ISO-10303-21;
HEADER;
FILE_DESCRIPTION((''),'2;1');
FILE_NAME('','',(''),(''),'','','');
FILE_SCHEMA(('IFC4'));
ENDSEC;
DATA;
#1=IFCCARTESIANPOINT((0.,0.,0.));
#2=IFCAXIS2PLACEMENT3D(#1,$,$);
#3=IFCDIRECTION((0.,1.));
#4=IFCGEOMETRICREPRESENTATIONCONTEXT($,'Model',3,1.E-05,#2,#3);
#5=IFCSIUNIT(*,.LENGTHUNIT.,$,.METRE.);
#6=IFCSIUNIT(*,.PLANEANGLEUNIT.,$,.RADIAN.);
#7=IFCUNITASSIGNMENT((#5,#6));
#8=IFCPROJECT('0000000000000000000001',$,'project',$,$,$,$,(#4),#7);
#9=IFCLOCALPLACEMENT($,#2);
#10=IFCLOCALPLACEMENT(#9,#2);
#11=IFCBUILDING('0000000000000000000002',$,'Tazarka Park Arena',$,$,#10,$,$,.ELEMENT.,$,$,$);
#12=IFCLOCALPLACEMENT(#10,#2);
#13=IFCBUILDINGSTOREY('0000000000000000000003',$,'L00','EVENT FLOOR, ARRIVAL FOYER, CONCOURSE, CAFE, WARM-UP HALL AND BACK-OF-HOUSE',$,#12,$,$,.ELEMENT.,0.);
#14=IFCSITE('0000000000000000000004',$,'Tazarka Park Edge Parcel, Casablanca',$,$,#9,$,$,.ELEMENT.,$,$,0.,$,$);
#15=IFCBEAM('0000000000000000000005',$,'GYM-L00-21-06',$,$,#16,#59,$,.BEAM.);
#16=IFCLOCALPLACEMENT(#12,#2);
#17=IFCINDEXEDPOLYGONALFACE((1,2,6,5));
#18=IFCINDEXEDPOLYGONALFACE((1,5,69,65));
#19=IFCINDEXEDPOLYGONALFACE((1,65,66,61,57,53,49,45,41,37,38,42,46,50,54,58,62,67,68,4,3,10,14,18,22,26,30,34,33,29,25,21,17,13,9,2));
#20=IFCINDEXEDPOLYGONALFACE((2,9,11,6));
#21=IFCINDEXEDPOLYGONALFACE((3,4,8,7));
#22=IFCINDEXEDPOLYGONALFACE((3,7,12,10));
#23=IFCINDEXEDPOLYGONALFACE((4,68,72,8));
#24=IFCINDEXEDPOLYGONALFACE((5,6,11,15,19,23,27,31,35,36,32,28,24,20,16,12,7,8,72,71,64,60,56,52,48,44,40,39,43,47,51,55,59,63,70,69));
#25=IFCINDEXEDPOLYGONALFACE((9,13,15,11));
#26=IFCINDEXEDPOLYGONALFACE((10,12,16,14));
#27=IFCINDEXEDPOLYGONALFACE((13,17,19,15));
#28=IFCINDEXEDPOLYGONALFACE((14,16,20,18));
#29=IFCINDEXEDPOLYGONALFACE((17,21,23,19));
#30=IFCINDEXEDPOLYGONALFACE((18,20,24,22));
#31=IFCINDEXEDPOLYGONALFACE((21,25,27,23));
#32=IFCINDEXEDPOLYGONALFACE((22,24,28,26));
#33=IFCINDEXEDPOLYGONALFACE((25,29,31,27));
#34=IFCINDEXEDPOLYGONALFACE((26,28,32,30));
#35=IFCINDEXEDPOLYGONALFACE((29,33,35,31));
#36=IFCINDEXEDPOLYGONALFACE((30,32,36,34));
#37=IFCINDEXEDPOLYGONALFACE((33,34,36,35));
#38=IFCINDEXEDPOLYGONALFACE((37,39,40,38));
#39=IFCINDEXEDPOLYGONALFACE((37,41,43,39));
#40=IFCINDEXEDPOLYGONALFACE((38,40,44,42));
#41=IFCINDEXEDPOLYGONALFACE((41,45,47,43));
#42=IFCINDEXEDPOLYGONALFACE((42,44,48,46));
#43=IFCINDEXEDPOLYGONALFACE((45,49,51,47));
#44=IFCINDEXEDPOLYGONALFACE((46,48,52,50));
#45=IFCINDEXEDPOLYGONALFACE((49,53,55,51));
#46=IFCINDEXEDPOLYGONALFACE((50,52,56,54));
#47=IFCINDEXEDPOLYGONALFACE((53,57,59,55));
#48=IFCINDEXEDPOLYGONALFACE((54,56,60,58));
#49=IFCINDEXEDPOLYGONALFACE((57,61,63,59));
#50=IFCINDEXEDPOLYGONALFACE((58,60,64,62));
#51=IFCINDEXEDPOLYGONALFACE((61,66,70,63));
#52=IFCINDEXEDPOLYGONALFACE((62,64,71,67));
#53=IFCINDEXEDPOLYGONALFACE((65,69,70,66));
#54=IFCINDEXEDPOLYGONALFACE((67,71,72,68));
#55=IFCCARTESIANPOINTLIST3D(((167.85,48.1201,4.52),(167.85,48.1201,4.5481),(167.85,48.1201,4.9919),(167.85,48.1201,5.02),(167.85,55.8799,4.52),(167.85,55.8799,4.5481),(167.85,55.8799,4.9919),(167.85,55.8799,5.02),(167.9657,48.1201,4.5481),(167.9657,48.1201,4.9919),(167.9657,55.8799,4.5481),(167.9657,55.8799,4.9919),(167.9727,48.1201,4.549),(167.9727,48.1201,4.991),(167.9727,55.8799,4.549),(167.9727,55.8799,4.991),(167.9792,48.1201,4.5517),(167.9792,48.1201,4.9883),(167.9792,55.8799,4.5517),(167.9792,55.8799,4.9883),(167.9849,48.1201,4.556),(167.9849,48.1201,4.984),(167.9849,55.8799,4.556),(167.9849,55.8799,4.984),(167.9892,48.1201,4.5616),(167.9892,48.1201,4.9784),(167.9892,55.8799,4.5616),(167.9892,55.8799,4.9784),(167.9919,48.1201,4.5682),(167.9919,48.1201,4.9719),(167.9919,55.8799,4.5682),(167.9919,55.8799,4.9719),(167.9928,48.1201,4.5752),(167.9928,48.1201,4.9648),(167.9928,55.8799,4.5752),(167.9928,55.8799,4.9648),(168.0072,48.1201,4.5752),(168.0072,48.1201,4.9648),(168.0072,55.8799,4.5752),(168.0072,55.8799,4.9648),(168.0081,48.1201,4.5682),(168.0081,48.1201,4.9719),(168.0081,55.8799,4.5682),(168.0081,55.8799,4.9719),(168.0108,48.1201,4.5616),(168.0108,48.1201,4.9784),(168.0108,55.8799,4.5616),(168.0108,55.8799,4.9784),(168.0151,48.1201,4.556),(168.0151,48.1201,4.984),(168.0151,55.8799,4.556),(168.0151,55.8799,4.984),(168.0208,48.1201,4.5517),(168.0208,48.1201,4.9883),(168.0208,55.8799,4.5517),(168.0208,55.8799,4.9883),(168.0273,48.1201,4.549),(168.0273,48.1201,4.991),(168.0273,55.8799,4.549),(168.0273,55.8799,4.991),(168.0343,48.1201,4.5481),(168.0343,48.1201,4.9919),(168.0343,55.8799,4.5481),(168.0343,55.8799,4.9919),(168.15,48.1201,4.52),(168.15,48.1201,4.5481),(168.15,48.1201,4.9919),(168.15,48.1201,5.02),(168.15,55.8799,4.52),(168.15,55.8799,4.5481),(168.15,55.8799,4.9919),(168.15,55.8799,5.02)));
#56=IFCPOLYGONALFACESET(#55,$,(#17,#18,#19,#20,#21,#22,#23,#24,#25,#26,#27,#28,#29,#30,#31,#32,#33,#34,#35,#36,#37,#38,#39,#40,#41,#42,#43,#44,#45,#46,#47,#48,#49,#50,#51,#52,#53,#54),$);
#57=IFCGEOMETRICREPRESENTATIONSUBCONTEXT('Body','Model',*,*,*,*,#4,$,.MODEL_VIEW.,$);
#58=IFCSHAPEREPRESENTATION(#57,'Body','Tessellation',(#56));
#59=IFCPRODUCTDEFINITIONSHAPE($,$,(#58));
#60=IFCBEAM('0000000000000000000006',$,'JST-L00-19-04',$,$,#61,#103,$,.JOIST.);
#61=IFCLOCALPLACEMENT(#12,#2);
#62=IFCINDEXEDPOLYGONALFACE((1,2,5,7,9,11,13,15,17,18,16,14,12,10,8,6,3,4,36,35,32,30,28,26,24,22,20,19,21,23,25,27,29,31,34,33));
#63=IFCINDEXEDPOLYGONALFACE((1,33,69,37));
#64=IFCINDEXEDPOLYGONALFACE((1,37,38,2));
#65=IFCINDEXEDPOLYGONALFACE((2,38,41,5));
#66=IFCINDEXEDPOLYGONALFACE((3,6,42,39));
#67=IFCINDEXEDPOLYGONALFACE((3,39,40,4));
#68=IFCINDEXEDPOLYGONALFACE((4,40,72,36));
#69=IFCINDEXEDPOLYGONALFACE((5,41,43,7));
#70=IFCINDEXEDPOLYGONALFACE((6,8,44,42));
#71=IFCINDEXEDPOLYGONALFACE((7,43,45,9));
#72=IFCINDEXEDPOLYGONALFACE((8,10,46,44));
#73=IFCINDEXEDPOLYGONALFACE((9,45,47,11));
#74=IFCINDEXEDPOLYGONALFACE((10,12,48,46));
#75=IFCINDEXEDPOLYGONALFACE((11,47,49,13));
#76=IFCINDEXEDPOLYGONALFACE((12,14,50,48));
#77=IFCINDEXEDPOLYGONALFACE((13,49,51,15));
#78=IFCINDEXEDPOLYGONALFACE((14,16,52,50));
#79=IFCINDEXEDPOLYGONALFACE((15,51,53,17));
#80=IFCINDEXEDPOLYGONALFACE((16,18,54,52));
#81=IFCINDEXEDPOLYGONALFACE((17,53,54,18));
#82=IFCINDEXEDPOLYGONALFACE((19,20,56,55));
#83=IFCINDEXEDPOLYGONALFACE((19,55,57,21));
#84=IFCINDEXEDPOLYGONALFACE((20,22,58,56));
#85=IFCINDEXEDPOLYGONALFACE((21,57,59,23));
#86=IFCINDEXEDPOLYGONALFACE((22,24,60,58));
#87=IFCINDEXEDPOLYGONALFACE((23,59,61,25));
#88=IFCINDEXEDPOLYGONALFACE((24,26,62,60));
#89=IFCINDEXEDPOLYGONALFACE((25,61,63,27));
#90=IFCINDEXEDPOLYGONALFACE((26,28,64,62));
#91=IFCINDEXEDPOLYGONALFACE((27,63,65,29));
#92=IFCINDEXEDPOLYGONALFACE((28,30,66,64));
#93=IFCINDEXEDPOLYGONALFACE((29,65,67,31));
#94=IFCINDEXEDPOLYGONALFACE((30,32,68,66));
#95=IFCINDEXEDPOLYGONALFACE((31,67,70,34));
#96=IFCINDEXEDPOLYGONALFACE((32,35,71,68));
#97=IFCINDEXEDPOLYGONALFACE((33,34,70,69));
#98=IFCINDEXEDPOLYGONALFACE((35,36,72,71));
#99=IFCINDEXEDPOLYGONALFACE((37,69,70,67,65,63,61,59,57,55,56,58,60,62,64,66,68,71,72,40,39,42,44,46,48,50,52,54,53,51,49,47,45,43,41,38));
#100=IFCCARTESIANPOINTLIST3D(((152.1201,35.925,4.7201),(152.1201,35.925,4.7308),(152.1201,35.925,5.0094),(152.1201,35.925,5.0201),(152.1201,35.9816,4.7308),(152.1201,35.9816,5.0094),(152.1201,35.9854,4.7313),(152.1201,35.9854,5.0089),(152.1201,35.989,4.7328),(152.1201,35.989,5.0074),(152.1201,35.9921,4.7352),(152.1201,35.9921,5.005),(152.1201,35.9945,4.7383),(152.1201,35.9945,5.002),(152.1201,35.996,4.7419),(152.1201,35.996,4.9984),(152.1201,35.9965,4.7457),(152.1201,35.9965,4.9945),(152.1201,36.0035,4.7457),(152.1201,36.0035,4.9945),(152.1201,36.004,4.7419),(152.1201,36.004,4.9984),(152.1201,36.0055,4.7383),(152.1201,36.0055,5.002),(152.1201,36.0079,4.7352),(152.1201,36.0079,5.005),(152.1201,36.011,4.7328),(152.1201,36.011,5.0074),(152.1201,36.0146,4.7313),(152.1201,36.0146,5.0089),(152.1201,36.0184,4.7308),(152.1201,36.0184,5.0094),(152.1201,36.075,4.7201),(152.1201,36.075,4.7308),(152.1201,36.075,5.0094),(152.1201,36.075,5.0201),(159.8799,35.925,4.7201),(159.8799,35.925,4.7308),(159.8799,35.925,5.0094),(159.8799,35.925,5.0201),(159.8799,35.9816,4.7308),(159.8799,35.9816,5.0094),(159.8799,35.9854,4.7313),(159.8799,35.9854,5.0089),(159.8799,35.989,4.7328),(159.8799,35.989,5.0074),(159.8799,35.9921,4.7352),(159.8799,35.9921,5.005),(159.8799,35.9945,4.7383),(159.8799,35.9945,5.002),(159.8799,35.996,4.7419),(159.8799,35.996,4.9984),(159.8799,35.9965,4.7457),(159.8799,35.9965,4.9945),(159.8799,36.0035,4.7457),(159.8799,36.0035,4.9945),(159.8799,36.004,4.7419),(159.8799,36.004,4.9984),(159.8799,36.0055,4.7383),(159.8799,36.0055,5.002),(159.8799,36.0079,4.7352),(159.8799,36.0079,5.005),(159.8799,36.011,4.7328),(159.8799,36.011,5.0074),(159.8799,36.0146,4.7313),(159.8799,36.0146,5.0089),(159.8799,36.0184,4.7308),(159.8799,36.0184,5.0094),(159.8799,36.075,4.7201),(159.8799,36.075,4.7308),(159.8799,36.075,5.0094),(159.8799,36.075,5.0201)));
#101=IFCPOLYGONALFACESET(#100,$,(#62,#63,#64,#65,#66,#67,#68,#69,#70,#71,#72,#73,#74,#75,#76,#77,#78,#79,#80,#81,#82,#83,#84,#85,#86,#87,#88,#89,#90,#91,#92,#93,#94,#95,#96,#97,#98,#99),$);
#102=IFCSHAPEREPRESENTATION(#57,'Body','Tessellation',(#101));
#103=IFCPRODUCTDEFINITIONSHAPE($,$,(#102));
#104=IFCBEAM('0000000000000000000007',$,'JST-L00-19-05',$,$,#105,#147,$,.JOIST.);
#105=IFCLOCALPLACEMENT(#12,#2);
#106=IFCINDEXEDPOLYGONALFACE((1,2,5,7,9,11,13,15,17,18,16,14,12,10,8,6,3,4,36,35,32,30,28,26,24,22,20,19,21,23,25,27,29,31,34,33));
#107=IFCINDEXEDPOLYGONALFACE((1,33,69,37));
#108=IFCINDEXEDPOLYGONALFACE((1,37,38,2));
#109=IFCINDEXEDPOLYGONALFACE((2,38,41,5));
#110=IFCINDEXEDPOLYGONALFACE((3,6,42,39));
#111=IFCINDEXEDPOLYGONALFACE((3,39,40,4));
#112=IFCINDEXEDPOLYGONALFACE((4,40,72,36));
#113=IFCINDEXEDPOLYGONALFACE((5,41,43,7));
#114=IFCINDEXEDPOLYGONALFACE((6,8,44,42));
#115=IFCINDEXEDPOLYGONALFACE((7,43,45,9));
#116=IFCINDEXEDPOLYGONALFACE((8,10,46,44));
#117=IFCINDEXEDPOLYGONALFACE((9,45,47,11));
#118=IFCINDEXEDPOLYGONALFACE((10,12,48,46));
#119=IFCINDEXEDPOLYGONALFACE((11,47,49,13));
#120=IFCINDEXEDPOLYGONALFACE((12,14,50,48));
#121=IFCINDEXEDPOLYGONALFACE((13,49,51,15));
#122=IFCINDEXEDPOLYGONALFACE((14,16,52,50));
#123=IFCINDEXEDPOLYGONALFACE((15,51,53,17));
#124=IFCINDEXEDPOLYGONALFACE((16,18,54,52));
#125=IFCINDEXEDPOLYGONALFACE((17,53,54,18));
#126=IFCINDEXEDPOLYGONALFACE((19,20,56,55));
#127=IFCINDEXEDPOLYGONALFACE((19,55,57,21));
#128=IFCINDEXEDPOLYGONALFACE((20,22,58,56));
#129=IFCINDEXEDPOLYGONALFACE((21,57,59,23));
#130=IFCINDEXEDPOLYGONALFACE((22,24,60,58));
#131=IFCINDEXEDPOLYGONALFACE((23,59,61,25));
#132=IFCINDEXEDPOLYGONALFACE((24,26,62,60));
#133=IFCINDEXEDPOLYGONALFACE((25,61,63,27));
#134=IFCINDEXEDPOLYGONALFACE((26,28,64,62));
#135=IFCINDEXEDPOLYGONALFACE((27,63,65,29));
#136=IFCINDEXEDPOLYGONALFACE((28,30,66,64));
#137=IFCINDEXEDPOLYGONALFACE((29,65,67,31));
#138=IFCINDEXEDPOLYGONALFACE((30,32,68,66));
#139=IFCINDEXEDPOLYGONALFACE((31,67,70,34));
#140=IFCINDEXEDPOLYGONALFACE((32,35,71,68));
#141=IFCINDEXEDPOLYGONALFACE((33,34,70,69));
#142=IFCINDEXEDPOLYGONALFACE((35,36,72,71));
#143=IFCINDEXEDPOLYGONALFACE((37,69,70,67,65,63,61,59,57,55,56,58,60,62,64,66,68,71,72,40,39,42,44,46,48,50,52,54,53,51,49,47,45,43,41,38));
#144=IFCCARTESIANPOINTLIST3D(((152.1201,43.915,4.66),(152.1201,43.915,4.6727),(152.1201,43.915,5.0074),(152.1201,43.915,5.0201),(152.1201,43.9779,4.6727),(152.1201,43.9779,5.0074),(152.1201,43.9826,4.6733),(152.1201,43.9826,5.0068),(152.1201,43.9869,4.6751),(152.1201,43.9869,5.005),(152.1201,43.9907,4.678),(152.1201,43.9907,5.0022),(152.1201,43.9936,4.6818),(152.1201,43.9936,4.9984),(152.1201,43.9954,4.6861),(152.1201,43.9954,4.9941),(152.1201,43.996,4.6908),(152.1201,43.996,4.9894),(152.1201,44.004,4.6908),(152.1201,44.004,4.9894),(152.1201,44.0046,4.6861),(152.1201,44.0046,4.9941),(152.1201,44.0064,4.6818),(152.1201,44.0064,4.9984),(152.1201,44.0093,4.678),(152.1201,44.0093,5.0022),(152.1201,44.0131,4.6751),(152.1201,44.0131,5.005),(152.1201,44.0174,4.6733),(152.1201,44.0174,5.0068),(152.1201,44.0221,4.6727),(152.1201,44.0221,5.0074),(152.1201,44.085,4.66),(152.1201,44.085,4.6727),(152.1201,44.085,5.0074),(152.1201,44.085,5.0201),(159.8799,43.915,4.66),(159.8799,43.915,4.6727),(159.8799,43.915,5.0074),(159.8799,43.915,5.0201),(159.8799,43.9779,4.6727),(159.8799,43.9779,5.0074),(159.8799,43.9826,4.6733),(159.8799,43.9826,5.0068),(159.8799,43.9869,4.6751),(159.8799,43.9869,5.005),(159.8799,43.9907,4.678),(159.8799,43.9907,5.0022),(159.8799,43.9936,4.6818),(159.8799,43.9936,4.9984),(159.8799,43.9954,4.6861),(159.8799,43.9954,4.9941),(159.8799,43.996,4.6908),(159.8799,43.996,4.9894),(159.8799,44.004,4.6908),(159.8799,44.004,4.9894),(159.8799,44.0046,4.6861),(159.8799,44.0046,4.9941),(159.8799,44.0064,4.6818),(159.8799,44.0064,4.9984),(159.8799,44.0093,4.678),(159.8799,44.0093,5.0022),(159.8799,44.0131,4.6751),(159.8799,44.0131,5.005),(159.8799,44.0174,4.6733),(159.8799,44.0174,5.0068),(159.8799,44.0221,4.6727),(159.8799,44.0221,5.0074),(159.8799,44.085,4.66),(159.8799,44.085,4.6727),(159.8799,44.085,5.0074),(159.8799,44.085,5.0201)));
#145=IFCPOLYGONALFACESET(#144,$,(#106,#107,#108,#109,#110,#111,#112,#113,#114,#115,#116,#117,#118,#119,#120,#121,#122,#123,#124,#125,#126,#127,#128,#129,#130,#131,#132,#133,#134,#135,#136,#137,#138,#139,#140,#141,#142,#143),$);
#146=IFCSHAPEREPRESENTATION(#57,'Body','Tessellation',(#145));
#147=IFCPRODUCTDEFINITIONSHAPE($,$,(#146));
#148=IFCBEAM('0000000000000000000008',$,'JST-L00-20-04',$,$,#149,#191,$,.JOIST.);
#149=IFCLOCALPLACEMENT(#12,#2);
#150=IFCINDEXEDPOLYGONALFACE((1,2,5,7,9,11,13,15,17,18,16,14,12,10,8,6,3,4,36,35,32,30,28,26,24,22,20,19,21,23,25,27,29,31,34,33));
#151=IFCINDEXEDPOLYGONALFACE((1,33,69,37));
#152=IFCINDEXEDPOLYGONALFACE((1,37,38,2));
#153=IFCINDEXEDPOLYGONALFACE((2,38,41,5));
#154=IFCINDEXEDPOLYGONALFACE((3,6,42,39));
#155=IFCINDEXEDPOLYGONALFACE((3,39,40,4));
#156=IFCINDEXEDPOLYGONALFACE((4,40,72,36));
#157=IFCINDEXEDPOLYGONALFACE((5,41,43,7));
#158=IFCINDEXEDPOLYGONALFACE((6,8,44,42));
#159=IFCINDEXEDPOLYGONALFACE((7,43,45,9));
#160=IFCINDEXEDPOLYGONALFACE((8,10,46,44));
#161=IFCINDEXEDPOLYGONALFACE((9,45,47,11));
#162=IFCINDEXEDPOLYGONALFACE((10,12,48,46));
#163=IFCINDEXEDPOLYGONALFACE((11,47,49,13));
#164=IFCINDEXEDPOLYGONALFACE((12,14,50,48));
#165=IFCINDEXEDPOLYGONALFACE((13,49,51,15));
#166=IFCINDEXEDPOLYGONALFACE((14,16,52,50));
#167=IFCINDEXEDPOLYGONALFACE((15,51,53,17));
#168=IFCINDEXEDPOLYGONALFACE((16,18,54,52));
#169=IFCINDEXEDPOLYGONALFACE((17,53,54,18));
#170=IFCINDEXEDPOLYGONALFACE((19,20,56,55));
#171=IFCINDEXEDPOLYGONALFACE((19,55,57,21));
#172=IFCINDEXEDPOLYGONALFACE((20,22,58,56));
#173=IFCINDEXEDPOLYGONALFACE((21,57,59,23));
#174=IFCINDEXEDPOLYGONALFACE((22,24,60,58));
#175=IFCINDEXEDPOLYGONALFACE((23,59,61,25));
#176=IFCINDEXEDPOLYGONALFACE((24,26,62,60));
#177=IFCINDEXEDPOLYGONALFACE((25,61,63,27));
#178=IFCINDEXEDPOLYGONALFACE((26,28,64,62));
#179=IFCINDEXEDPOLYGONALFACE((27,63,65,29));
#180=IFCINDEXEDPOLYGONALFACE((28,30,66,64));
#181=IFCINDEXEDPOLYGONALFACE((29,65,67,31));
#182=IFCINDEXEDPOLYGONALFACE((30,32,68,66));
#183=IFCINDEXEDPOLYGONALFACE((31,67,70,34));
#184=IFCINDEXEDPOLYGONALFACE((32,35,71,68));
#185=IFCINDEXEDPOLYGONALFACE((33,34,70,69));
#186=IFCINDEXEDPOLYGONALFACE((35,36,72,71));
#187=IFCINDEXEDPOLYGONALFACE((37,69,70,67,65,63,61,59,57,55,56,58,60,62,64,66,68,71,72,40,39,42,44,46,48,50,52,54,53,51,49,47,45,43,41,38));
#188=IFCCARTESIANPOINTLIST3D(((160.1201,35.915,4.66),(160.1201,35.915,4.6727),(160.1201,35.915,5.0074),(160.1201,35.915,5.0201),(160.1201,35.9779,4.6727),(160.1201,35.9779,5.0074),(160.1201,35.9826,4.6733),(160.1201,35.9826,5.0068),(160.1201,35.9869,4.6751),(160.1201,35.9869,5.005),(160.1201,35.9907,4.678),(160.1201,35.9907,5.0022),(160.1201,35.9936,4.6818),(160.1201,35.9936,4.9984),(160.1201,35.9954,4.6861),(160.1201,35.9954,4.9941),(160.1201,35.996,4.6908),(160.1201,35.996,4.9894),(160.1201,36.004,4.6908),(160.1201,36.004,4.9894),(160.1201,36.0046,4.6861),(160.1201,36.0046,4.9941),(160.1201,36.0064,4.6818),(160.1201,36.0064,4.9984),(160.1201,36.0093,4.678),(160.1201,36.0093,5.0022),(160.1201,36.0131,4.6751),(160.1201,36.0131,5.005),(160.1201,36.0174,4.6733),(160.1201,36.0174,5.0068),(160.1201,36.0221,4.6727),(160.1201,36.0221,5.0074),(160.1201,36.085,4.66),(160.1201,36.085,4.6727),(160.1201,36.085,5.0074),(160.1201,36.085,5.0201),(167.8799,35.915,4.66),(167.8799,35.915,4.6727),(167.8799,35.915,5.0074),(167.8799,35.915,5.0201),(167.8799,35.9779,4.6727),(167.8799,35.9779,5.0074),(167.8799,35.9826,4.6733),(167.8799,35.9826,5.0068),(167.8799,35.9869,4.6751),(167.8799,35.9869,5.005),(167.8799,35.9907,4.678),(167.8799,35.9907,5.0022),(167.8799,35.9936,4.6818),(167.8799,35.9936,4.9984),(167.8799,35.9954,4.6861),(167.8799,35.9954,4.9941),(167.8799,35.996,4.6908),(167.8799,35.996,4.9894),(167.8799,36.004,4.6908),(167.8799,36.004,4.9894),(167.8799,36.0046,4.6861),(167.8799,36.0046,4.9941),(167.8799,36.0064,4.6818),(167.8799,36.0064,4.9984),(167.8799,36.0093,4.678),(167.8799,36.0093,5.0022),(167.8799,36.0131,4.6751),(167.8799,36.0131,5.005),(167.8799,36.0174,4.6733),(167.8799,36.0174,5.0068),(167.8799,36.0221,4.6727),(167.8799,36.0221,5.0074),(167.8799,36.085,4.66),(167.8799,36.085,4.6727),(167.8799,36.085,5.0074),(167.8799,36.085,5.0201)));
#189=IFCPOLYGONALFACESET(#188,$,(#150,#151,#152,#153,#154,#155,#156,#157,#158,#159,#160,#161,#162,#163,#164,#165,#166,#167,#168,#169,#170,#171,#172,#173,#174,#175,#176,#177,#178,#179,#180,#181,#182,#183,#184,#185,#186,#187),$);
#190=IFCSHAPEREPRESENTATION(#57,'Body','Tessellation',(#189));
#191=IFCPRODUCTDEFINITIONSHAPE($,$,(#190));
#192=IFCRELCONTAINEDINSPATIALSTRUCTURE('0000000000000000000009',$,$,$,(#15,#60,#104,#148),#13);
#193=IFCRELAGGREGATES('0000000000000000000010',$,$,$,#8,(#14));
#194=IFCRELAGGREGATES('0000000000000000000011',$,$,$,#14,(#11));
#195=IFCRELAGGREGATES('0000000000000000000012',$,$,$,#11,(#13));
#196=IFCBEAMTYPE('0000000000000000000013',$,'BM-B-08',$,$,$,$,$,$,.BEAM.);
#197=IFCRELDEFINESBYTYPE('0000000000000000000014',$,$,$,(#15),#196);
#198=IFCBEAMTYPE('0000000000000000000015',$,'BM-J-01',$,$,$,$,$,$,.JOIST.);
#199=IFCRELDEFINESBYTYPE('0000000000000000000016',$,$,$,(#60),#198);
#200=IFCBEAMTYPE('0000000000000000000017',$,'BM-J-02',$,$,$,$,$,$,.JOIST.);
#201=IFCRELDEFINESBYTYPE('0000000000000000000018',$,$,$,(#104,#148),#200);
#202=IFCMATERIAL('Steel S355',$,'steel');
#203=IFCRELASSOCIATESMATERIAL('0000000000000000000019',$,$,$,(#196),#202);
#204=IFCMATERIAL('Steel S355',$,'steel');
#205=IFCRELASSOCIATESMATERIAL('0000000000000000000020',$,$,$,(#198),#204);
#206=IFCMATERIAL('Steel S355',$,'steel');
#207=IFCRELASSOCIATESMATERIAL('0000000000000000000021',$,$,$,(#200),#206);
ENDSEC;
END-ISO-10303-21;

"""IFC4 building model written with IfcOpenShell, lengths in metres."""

from ifc_helpers import new_model, si_unit, direction, frame, origin, origin_2d, place, context, subcontext, project, spatial, i_section, extrude, material, material_profile, profile_set, type_object, element, save


model = new_model("IFC4")

# Units and contexts
model_context = context("Model", 3, precision=1e-05, world=origin(), true_north=direction((0.0, 1.0)))
body_context = subcontext(model_context, "Body", "Model", "MODEL_VIEW")
ifc_project = project(units=[si_unit("LENGTHUNIT", "METRE"), si_unit("PLANEANGLEUNIT", "RADIAN")], contexts=[model_context])

# Site, building, storey
site_placement = place(None, origin())
site = spatial("IfcSite", under=ifc_project, at=site_placement, Name="Tazarka Park Edge Parcel, Casablanca", CompositionType="ELEMENT", RefElevation=0.0)
building_placement = place(site_placement, origin())
building = spatial("IfcBuilding", under=site, at=building_placement, Name="Tazarka Park Arena", CompositionType="ELEMENT")
storey_placement = place(building_placement, origin())
storey = spatial("IfcBuildingStorey", under=building, at=storey_placement, Name="L00", Description="EVENT FLOOR, ARRIVAL FOYER, CONCOURSE, CAFE, WARM-UP HALL AND BACK-OF-HOUSE", CompositionType="ELEMENT", Elevation=0.0)

# Beams
ifc_material_1 = material(Name="Steel S355", Category="steel")
ifc_material_profile_1 = material_profile(ifc_material_1, i_section(OverallWidth=0.3, OverallDepth=0.5, WebThickness=0.0144, FlangeThickness=0.0281, FilletRadius=0.0271, at=origin_2d()), Name="Steel S355")
ifc_profile_set_1 = profile_set([ifc_material_profile_1], Name="Steel S355")
beam_type_1 = type_object("IfcBeamType", Name="BM-B-08", PredefinedType="BEAM", material=ifc_profile_set_1)
for number, where, z_axis, x_axis, name in (
    (1, (168.0, 48.1201, 4.77), (0.0, 1.0, 0.0), (-1.0, 0.0, 0.0), "GYM-L00-21-06"),
):
    element("IfcBeam", number, at=place(storey_placement, frame(where, z_axis=z_axis, x_axis=x_axis)), inside=storey, type_object=beam_type_1, Name=name, PredefinedType="BEAM", context=body_context, shape_type="SweptSolid", body=[
        extrude(i_section(OverallWidth=0.3, OverallDepth=0.5, WebThickness=0.0144, FlangeThickness=0.0281, FilletRadius=0.0271, at=origin_2d()), origin(), (0.0, 0.0, 1.0), 7.7598),
    ])
ifc_material_2 = material(Name="Steel S355", Category="steel")
ifc_material_profile_2 = material_profile(ifc_material_2, i_section(OverallWidth=0.1499, OverallDepth=0.3, WebThickness=0.0071, FlangeThickness=0.0107, FilletRadius=0.0149, at=origin_2d()), Name="Steel S355")
ifc_profile_set_2 = profile_set([ifc_material_profile_2], Name="Steel S355")
beam_type_2 = type_object("IfcBeamType", Name="BM-J-01", PredefinedType="JOIST", material=ifc_profile_set_2)
beam_placement = place(storey_placement, frame((152.1201, 36.0, 4.8701), z_axis=(1.0, 0.0, 0.0), x_axis=(0.0, 1.0, 0.0)))
element("IfcBeam", 2, at=beam_placement, inside=storey, type_object=beam_type_2, Name="JST-L00-19-04", PredefinedType="JOIST", context=body_context, shape_type="SweptSolid", body=[
    extrude(i_section(OverallWidth=0.1499, OverallDepth=0.3, WebThickness=0.0071, FlangeThickness=0.0107, FilletRadius=0.0149, at=origin_2d()), origin(), (0.0, 0.0, 1.0), 7.7598),
])
ifc_material_3 = material(Name="Steel S355", Category="steel")
ifc_material_profile_3 = material_profile(ifc_material_3, i_section(OverallWidth=0.1699, OverallDepth=0.3601, WebThickness=0.0081, FlangeThickness=0.0127, FilletRadius=0.0181, at=origin_2d()), Name="Steel S355")
ifc_profile_set_3 = profile_set([ifc_material_profile_3], Name="Steel S355")
beam_type_3 = type_object("IfcBeamType", Name="BM-J-02", PredefinedType="JOIST", material=ifc_profile_set_3)
for number, where, z_axis, x_axis, name in (
    (3, (152.1201, 44.0, 4.8401), (1.0, 0.0, 0.0), (0.0, 1.0, 0.0), "JST-L00-19-05"),
    (4, (160.1201, 36.0, 4.8401), (1.0, 0.0, 0.0), (0.0, 1.0, 0.0), "JST-L00-20-04"),
):
    element("IfcBeam", number, at=place(storey_placement, frame(where, z_axis=z_axis, x_axis=x_axis)), inside=storey, type_object=beam_type_3, Name=name, PredefinedType="JOIST", context=body_context, shape_type="SweptSolid", body=[
        extrude(i_section(OverallWidth=0.1699, OverallDepth=0.3601, WebThickness=0.0081, FlangeThickness=0.0127, FilletRadius=0.0181, at=origin_2d()), origin(), (0.0, 0.0, 1.0), 7.7598),
    ])

save(model, "model.ifc")
